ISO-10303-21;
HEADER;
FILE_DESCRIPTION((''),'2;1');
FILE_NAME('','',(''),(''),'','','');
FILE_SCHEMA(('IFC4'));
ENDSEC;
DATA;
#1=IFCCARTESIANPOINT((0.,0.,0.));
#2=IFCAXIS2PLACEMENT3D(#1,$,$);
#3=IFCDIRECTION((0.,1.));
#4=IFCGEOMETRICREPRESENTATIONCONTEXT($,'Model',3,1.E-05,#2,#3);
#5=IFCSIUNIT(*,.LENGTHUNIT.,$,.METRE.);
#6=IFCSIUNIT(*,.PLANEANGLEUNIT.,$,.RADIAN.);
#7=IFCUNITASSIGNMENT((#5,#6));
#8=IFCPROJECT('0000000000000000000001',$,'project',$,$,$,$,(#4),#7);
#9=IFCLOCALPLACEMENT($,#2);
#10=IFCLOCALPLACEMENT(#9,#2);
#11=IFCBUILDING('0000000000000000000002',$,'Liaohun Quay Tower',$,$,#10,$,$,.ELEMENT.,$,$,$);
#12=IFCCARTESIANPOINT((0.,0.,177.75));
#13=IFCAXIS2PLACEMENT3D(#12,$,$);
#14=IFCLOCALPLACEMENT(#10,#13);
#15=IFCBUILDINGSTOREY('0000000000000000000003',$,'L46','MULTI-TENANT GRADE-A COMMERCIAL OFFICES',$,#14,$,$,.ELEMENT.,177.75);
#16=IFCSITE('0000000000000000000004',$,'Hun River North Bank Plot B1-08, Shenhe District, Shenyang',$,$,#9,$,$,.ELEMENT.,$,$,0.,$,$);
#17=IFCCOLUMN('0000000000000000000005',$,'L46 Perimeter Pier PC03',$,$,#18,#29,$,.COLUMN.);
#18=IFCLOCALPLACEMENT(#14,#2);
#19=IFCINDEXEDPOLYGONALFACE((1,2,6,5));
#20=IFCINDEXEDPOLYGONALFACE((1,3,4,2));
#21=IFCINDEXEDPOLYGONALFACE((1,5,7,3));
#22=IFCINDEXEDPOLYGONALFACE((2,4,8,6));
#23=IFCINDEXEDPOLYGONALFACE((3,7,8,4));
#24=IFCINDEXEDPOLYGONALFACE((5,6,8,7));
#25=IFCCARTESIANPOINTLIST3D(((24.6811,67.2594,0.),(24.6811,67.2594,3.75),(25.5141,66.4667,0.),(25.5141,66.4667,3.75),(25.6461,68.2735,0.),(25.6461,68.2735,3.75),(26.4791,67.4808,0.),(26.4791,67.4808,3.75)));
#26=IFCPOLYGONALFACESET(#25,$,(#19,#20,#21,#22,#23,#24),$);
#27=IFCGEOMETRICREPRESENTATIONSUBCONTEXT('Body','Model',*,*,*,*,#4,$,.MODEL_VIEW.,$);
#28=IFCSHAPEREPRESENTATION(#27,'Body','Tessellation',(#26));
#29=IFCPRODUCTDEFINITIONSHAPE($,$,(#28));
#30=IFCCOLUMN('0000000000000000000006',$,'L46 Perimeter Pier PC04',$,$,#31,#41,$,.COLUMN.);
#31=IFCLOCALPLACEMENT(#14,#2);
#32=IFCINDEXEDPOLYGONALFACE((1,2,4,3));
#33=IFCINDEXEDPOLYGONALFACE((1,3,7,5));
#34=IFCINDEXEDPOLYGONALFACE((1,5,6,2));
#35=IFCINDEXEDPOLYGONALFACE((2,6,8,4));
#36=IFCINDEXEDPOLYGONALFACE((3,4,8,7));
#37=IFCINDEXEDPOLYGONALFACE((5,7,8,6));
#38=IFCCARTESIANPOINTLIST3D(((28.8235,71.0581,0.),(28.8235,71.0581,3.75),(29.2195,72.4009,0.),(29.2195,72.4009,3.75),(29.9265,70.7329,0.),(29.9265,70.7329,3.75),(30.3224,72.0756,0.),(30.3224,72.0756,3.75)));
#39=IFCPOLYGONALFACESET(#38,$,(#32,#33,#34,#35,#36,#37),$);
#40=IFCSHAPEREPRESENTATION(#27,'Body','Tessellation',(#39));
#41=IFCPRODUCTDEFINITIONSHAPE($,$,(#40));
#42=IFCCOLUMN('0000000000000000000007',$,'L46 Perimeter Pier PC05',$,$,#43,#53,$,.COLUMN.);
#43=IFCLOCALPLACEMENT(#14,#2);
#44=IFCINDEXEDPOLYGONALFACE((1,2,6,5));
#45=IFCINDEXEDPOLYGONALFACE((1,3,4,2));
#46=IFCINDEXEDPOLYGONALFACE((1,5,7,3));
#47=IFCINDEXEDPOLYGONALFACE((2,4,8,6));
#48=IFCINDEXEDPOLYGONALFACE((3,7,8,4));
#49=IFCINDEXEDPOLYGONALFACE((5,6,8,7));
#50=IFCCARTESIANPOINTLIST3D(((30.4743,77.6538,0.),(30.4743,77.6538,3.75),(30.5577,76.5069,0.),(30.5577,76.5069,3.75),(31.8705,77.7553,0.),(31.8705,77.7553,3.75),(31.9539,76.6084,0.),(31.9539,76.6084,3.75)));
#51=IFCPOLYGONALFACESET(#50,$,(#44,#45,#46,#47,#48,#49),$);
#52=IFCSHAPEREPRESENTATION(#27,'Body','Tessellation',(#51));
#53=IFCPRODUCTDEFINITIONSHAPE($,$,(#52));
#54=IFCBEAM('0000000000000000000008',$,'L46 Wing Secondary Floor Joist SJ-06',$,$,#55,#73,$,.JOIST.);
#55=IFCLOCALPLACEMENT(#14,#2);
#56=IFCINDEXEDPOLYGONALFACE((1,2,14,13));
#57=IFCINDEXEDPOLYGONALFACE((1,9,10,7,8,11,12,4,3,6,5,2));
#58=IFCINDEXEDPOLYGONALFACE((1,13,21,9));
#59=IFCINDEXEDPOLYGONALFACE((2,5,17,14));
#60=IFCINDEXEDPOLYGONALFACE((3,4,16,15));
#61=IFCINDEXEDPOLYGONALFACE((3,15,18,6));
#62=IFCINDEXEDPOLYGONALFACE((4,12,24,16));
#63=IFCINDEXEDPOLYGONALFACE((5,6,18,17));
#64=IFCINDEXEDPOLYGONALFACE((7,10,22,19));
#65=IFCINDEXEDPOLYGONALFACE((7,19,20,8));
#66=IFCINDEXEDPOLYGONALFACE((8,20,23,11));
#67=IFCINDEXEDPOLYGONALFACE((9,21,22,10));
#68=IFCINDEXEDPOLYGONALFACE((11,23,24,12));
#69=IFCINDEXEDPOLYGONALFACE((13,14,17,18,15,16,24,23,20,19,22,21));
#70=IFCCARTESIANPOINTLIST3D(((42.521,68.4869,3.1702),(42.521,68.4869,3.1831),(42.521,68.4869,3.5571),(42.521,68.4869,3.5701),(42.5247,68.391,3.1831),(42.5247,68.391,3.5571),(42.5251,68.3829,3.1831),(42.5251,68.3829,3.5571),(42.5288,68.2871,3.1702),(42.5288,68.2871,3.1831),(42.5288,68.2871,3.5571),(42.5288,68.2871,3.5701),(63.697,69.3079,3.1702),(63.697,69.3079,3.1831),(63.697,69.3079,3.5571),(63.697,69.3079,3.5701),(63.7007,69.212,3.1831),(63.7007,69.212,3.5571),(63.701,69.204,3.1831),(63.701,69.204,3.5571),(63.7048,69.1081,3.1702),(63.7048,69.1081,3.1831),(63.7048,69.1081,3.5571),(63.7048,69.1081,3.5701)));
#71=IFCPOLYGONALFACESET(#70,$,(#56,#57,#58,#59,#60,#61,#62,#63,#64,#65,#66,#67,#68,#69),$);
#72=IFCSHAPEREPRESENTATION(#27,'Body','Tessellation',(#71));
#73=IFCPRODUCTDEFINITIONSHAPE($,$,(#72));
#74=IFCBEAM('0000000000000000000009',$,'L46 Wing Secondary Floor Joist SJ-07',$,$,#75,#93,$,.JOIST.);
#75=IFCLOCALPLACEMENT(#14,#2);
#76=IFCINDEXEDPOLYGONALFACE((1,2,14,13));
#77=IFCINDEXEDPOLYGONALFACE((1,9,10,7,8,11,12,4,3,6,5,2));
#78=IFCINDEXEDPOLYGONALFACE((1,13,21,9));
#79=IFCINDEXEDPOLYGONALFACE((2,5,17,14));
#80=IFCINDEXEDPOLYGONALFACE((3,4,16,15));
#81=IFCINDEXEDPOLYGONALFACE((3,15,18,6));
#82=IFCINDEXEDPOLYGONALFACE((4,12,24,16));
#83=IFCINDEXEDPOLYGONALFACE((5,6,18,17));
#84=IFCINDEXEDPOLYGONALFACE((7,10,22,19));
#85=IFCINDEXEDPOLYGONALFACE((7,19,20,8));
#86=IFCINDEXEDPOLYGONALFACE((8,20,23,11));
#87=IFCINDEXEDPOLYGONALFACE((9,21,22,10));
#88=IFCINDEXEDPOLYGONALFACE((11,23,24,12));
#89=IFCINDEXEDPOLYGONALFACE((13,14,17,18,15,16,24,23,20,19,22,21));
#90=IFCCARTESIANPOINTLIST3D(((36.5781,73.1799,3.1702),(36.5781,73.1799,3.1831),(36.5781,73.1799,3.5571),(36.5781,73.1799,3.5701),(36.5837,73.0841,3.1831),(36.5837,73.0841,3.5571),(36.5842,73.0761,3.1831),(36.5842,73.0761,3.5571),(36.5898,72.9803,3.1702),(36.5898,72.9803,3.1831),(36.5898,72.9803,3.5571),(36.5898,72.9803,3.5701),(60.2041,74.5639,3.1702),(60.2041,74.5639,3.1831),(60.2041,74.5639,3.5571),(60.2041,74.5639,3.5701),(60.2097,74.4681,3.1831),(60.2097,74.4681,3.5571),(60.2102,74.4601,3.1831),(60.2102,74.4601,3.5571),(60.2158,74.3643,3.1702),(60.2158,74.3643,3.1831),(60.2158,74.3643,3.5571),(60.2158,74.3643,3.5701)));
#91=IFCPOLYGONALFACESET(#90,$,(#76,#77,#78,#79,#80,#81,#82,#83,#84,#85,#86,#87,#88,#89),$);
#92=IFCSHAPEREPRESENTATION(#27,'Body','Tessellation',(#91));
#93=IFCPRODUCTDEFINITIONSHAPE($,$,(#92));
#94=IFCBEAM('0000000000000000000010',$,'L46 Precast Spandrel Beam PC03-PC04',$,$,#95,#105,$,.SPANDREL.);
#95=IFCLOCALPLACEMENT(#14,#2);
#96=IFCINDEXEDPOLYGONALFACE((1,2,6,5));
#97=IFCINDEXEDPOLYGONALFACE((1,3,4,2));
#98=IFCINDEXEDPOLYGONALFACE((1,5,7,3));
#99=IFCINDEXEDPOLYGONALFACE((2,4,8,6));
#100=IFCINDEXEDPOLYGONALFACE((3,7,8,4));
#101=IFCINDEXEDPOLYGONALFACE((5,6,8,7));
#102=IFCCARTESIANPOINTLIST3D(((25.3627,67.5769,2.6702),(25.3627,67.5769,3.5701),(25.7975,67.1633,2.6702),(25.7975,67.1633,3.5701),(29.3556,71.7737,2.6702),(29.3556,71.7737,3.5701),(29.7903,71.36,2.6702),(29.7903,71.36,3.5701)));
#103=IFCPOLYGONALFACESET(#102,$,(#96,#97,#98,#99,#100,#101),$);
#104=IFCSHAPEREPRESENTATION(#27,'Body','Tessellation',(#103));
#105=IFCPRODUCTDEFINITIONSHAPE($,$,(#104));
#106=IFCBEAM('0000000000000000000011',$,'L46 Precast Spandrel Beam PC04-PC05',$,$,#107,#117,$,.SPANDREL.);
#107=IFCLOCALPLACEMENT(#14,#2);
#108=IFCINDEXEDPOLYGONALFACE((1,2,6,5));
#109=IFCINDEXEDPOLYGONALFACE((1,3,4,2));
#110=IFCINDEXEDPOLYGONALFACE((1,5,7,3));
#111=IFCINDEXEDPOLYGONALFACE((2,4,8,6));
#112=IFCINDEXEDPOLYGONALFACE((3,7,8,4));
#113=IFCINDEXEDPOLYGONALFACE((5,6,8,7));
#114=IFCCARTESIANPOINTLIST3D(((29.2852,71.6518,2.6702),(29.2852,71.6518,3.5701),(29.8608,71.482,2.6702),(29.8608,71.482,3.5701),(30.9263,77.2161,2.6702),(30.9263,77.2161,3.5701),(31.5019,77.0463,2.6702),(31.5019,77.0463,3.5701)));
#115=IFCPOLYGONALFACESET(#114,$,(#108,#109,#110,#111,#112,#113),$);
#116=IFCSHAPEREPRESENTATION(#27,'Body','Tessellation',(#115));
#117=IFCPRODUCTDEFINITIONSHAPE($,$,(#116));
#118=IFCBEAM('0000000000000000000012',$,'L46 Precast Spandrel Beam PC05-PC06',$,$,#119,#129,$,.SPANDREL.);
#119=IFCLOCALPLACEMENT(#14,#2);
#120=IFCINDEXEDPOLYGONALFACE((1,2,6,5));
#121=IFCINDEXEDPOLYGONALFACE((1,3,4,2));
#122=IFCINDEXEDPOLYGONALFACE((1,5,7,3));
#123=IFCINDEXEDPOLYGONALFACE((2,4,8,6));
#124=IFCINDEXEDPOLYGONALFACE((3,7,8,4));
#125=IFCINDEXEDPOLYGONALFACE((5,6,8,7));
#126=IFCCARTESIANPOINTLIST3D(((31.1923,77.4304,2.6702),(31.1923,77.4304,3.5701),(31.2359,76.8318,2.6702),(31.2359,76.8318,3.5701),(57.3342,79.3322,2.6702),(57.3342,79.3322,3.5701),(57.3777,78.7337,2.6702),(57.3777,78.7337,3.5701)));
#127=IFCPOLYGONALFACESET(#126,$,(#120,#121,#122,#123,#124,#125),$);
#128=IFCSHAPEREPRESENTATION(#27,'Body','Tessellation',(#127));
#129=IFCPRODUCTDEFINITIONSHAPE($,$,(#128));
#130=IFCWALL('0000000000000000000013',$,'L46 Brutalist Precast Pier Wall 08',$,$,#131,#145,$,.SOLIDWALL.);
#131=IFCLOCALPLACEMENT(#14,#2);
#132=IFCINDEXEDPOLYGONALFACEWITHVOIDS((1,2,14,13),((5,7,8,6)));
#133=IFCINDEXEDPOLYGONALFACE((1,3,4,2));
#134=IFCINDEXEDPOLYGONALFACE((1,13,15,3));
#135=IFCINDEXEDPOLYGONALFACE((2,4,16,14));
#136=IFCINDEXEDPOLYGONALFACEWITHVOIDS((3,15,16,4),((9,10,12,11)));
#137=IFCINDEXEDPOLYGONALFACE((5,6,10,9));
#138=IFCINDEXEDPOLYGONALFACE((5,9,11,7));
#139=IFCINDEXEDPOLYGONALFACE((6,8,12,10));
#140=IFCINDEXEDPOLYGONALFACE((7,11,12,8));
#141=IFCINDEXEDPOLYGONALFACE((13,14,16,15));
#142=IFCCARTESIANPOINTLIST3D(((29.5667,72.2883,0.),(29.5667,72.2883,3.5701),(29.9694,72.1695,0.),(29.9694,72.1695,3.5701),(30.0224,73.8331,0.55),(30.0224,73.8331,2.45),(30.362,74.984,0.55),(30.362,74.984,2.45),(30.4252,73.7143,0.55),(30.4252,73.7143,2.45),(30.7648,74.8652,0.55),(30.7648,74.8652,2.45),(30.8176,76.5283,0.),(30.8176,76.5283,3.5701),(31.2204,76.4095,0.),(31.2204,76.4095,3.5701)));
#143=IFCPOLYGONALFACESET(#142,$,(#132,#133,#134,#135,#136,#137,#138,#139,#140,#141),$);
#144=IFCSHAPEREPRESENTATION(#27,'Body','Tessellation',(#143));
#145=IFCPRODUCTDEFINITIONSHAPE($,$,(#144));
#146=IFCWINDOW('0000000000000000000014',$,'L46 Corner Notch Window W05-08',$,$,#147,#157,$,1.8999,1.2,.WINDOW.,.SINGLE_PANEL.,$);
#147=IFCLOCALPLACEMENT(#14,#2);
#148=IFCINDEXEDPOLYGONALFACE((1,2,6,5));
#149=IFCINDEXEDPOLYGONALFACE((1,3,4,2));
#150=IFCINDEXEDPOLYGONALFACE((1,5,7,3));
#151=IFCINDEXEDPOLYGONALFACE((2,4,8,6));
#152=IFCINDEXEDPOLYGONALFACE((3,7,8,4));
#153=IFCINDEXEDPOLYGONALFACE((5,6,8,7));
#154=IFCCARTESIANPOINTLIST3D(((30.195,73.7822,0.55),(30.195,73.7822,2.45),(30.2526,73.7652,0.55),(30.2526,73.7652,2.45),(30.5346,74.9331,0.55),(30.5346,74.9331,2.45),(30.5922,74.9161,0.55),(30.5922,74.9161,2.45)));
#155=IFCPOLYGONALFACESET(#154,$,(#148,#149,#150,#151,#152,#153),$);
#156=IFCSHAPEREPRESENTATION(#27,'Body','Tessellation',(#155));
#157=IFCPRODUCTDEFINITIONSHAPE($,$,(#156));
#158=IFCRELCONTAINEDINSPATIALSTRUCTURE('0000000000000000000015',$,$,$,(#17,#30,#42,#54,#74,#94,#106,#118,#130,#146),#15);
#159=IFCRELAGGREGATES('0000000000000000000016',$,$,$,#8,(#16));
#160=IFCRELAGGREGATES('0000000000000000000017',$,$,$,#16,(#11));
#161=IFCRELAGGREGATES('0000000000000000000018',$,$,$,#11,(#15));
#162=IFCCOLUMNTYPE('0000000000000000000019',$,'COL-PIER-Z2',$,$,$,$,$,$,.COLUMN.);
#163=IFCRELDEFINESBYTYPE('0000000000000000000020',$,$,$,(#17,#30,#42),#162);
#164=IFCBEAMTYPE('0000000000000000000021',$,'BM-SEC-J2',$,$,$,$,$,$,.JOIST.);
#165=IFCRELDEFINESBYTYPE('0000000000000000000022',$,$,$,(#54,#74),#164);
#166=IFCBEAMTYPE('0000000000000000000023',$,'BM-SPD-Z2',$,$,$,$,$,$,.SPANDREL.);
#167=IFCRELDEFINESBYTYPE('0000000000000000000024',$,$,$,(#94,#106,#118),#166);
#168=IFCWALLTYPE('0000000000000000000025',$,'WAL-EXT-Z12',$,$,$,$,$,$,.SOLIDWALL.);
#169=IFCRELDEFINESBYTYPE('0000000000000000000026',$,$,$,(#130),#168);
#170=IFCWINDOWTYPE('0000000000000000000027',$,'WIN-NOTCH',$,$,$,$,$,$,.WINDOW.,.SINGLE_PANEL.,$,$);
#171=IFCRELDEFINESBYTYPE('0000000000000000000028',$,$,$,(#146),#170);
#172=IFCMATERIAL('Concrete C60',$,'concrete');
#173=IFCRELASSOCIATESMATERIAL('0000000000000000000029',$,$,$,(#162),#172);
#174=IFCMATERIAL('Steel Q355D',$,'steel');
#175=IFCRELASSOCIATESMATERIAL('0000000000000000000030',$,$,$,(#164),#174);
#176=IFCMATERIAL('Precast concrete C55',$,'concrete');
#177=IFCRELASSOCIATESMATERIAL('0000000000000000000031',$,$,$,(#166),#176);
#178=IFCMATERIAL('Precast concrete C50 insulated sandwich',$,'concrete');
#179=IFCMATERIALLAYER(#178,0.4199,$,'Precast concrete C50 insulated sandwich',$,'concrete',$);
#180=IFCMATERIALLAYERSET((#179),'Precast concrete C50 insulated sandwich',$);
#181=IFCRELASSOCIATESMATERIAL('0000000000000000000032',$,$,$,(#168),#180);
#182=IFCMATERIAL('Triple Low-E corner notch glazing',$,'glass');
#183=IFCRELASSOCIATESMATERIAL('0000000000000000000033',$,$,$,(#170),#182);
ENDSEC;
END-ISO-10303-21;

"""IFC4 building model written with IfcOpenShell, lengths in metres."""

from ifc_helpers import new_model, si_unit, direction, frame, frame_2d, origin, origin_2d, place, context, subcontext, project, spatial, rectangle, i_section, extrude, source, transform, mapped, material, layer, layer_set, material_profile, profile_set, type_object, element, fill, save


model = new_model("IFC4")

# Units and contexts
model_context = context("Model", 3, precision=1e-05, world=origin(), true_north=direction((0.0, 1.0)))
body_context = subcontext(model_context, "Body", "Model", "MODEL_VIEW")
ifc_project = project(units=[si_unit("LENGTHUNIT", "METRE"), si_unit("PLANEANGLEUNIT", "RADIAN")], contexts=[model_context])

# Site, building, storey
site_placement = place(None, origin())
site = spatial("IfcSite", under=ifc_project, at=site_placement, Name="Hun River North Bank Plot B1-08, Shenhe District, Shenyang", CompositionType="ELEMENT", RefElevation=0.0)
building_placement = place(site_placement, origin())
building = spatial("IfcBuilding", under=site, at=building_placement, Name="Liaohun Quay Tower", CompositionType="ELEMENT")
storey_placement = place(building_placement, frame((0.0, 0.0, 177.75)))
storey = spatial("IfcBuildingStorey", under=building, at=storey_placement, Name="L46", Description="MULTI-TENANT GRADE-A COMMERCIAL OFFICES", CompositionType="ELEMENT", Elevation=177.75)

# Columns
ifc_material_1 = material(Name="Concrete C60", Category="concrete")
ifc_material_profile_1 = material_profile(ifc_material_1, rectangle(XDim=1.3999, YDim=1.1499, at=origin_2d()), Name="RC1400x1150")
ifc_profile_set_1 = profile_set([ifc_material_profile_1], Name="Concrete C60")
column_type = type_object("IfcColumnType", Name="COL-PIER-Z2", PredefinedType="COLUMN", material=ifc_profile_set_1)
shared_shape_1 = source(origin(), body_context, "Body", "SweptSolid", [
    extrude(rectangle(XDim=1.3999, YDim=1.1499, at=origin_2d()), origin(), (0.0, 0.0, 1.0), 3.75),
])
for number, where, z_axis, x_axis, name in (
    (1, (25.5801, 67.3701, 0.0), (0.0, 0.0, 1.0), (0.689367, 0.724413, 0.0), "L46 Perimeter Pier PC03"),
    (2, (29.573, 71.5669, 0.0), (0.0, 0.0, 1.0), (0.282844, 0.959166, 0.0), "L46 Perimeter Pier PC04"),
    (3, (31.2141, 77.1311, 0.0), (0.0, 0.0, 1.0), (0.997365, 0.072542, 0.0), "L46 Perimeter Pier PC05"),
):
    element("IfcColumn", number, at=place(storey_placement, frame(where, z_axis=z_axis, x_axis=x_axis)), inside=storey, type_object=column_type, Name=name, PredefinedType="COLUMN", context=body_context, shape_type="MappedRepresentation", body=[
        mapped(shared_shape_1, transform((0.0, 0.0, 0.0), x_axis=(1.0, 0.0, 0.0), y_axis=(0.0, 1.0, 0.0), z_axis=(0.0, 0.0, 1.0), scale=1.0)),
    ])

# Beams
ifc_material_2 = material(Name="Steel Q355D", Category="steel")
ifc_material_profile_2 = material_profile(ifc_material_2, i_section(OverallWidth=0.2, OverallDepth=0.3999, WebThickness=0.0081, FlangeThickness=0.0129, at=origin_2d()), Name="HN400x200x8x13")
ifc_profile_set_2 = profile_set([ifc_material_profile_2], Name="Steel Q355D")
beam_type_1 = type_object("IfcBeamType", Name="BM-SEC-J2", PredefinedType="JOIST", material=ifc_profile_set_2)
shared_shape_2 = source(origin(), body_context, "Body", "SweptSolid", [
    extrude(i_section(OverallWidth=0.2, OverallDepth=0.3999, WebThickness=0.0081, FlangeThickness=0.0129, at=origin_2d()), origin(), (0.0, 0.0, 1.0), 21.1919),
])
beam_1_placement = place(storey_placement, frame((42.5249, 68.387, 3.3701), z_axis=(0.999249, 0.038743, 0.0), x_axis=(-0.038743, 0.999249, 0.0)))
element("IfcBeam", 4, at=beam_1_placement, inside=storey, type_object=beam_type_1, Name="L46 Wing Secondary Floor Joist SJ-06", PredefinedType="JOIST", context=body_context, shape_type="MappedRepresentation", body=[
    mapped(shared_shape_2, transform((0.0, 0.0, 0.0), x_axis=(1.0, 0.0, 0.0), y_axis=(0.0, 1.0, 0.0), z_axis=(0.0, 0.0, 1.0), scale=1.0)),
])
shared_shape_3 = source(origin(), body_context, "Body", "SweptSolid", [
    extrude(i_section(OverallWidth=0.2, OverallDepth=0.3999, WebThickness=0.0081, FlangeThickness=0.0129, at=origin_2d()), origin(), (0.0, 0.0, 1.0), 23.6665),
])
beam_2_placement = place(storey_placement, frame((36.584, 73.0801, 3.3701), z_axis=(0.998289, 0.058481, 0.0), x_axis=(-0.058481, 0.998289, 0.0)))
element("IfcBeam", 5, at=beam_2_placement, inside=storey, type_object=beam_type_1, Name="L46 Wing Secondary Floor Joist SJ-07", PredefinedType="JOIST", context=body_context, shape_type="MappedRepresentation", body=[
    mapped(shared_shape_3, transform((0.0, 0.0, 0.0), x_axis=(1.0, 0.0, 0.0), y_axis=(0.0, 1.0, 0.0), z_axis=(0.0, 0.0, 1.0), scale=1.0)),
])
ifc_material_3 = material(Name="Precast concrete C55", Category="concrete")
ifc_material_profile_3 = material_profile(ifc_material_3, rectangle(XDim=0.6001, YDim=0.8999, at=origin_2d()), Name="RC600x900")
ifc_profile_set_3 = profile_set([ifc_material_profile_3], Name="Precast concrete C55")
beam_type_2 = type_object("IfcBeamType", Name="BM-SPD-Z2", PredefinedType="SPANDREL", material=ifc_profile_set_3)
shared_shape_4 = source(origin(), body_context, "Body", "SweptSolid", [
    extrude(rectangle(XDim=0.6001, YDim=0.8999, at=origin_2d()), origin(), (0.0, 0.0, 1.0), 5.7927),
])
beam_3_placement = place(storey_placement, frame((25.5801, 67.3701, 3.1201), z_axis=(0.689292, 0.724484, 0.0), x_axis=(-0.724484, 0.689292, 0.0)))
element("IfcBeam", 6, at=beam_3_placement, inside=storey, type_object=beam_type_2, Name="L46 Precast Spandrel Beam PC03-PC04", PredefinedType="SPANDREL", context=body_context, shape_type="MappedRepresentation", body=[
    mapped(shared_shape_4, transform((0.0, 0.0, 0.0), x_axis=(1.0, 0.0, 0.0), y_axis=(0.0, 1.0, 0.0), z_axis=(0.0, 0.0, 1.0), scale=1.0)),
])
shared_shape_5 = source(origin(), body_context, "Body", "SweptSolid", [
    extrude(rectangle(XDim=0.6001, YDim=0.8999, at=origin_2d()), origin(), (0.0, 0.0, 1.0), 5.8013),
])
beam_4_placement = place(storey_placement, frame((29.573, 71.5669, 3.1201), z_axis=(0.282893, 0.959151, 0.0), x_axis=(-0.959151, 0.282893, 0.0)))
element("IfcBeam", 7, at=beam_4_placement, inside=storey, type_object=beam_type_2, Name="L46 Precast Spandrel Beam PC04-PC05", PredefinedType="SPANDREL", context=body_context, shape_type="MappedRepresentation", body=[
    mapped(shared_shape_5, transform((0.0, 0.0, 0.0), x_axis=(1.0, 0.0, 0.0), y_axis=(0.0, 1.0, 0.0), z_axis=(0.0, 0.0, 1.0), scale=1.0)),
])
shared_shape_6 = source(origin(), body_context, "Body", "SweptSolid", [
    extrude(rectangle(XDim=0.6001, YDim=0.8999, at=origin_2d()), origin(), (0.0, 0.0, 1.0), 26.2109),
])
beam_5_placement = place(storey_placement, frame((31.2141, 77.1311, 3.1201), z_axis=(0.997364, 0.07256, 0.0), x_axis=(-0.07256, 0.997364, 0.0)))
element("IfcBeam", 8, at=beam_5_placement, inside=storey, type_object=beam_type_2, Name="L46 Precast Spandrel Beam PC05-PC06", PredefinedType="SPANDREL", context=body_context, shape_type="MappedRepresentation", body=[
    mapped(shared_shape_6, transform((0.0, 0.0, 0.0), x_axis=(1.0, 0.0, 0.0), y_axis=(0.0, 1.0, 0.0), z_axis=(0.0, 0.0, 1.0), scale=1.0)),
])

# Wall, opening, window
ifc_material_4 = material(Name="Precast concrete C50 insulated sandwich", Category="concrete")
ifc_layer_1 = layer(ifc_material_4, 0.4199, Name="Precast concrete C50 insulated sandwich", Category="concrete")
ifc_layer_set_1 = layer_set([ifc_layer_1], Name="Precast concrete C50 insulated sandwich")
wall_type_1 = type_object("IfcWallType", Name="WAL-EXT-Z12", PredefinedType="SOLIDWALL", material=ifc_layer_set_1)
wall_1_placement = place(storey_placement, frame((31.019, 76.469, 0.0), z_axis=(0.0, 0.0, 1.0), x_axis=(-0.282982, -0.959125, 0.0)))
wall_1 = element("IfcWall", 9, at=wall_1_placement, inside=storey, type_object=wall_type_1, Name="L46 Brutalist Precast Pier Wall 08", PredefinedType="SOLIDWALL", context=body_context, shape_type="SweptSolid", body=[
    extrude(rectangle(XDim=4.4207, YDim=0.4199, at=frame_2d((2.2104, 0.0))), origin(), (0.0, 0.0, 1.0), 3.5701),
])
shared_shape_7 = source(origin(), body_context, "Body", "SweptSolid", [
    extrude(rectangle(XDim=1.2, YDim=1.8999, at=frame_2d((0.6001, 0.95))), frame((0.0, 0.22, 0.0), z_axis=(0.0, -1.0, 0.0), x_axis=(1.0, 0.0, 0.0)), (0.0, 0.0, 1.0), 0.4399),
])
opening_1_placement = place(wall_1_placement, frame((1.6101, 0.0, 0.55)))
opening_1 = element("IfcOpeningElement", 10, at=opening_1_placement, cuts=wall_1, PredefinedType="OPENING", context=body_context, shape_type="MappedRepresentation", body=[
    mapped(shared_shape_7, transform((0.0, 0.0, 0.0), x_axis=(1.0, 0.0, 0.0), y_axis=(0.0, 1.0, 0.0), z_axis=(0.0, 0.0, 1.0), scale=1.0)),
])
ifc_material_5 = material(Name="Triple Low-E corner notch glazing", Category="glass")
window_type_1 = type_object("IfcWindowType", Name="WIN-NOTCH", PartitioningType="SINGLE_PANEL", PredefinedType="WINDOW", material=ifc_material_5)
shared_shape_8 = source(origin(), body_context, "Body", "SweptSolid", [
    extrude(rectangle(XDim=1.2, YDim=1.8999, at=frame_2d((0.6001, 0.95))), frame((0.0, 0.03, 0.0), z_axis=(0.0, -1.0, 0.0), x_axis=(1.0, 0.0, 0.0)), (0.0, 0.0, 1.0), 0.0601),
])
window_1_placement = place(opening_1_placement, origin())
window_1 = element("IfcWindow", 11, at=window_1_placement, inside=storey, type_object=window_type_1, Name="L46 Corner Notch Window W05-08", OverallHeight=1.8999, OverallWidth=1.2, PartitioningType="SINGLE_PANEL", PredefinedType="WINDOW", context=body_context, shape_type="MappedRepresentation", body=[
    mapped(shared_shape_8, transform((0.0, 0.0, 0.0), x_axis=(1.0, 0.0, 0.0), y_axis=(0.0, 1.0, 0.0), z_axis=(0.0, 0.0, 1.0), scale=1.0)),
])
fill(opening_1, window_1)

save(model, "model.ifc")
